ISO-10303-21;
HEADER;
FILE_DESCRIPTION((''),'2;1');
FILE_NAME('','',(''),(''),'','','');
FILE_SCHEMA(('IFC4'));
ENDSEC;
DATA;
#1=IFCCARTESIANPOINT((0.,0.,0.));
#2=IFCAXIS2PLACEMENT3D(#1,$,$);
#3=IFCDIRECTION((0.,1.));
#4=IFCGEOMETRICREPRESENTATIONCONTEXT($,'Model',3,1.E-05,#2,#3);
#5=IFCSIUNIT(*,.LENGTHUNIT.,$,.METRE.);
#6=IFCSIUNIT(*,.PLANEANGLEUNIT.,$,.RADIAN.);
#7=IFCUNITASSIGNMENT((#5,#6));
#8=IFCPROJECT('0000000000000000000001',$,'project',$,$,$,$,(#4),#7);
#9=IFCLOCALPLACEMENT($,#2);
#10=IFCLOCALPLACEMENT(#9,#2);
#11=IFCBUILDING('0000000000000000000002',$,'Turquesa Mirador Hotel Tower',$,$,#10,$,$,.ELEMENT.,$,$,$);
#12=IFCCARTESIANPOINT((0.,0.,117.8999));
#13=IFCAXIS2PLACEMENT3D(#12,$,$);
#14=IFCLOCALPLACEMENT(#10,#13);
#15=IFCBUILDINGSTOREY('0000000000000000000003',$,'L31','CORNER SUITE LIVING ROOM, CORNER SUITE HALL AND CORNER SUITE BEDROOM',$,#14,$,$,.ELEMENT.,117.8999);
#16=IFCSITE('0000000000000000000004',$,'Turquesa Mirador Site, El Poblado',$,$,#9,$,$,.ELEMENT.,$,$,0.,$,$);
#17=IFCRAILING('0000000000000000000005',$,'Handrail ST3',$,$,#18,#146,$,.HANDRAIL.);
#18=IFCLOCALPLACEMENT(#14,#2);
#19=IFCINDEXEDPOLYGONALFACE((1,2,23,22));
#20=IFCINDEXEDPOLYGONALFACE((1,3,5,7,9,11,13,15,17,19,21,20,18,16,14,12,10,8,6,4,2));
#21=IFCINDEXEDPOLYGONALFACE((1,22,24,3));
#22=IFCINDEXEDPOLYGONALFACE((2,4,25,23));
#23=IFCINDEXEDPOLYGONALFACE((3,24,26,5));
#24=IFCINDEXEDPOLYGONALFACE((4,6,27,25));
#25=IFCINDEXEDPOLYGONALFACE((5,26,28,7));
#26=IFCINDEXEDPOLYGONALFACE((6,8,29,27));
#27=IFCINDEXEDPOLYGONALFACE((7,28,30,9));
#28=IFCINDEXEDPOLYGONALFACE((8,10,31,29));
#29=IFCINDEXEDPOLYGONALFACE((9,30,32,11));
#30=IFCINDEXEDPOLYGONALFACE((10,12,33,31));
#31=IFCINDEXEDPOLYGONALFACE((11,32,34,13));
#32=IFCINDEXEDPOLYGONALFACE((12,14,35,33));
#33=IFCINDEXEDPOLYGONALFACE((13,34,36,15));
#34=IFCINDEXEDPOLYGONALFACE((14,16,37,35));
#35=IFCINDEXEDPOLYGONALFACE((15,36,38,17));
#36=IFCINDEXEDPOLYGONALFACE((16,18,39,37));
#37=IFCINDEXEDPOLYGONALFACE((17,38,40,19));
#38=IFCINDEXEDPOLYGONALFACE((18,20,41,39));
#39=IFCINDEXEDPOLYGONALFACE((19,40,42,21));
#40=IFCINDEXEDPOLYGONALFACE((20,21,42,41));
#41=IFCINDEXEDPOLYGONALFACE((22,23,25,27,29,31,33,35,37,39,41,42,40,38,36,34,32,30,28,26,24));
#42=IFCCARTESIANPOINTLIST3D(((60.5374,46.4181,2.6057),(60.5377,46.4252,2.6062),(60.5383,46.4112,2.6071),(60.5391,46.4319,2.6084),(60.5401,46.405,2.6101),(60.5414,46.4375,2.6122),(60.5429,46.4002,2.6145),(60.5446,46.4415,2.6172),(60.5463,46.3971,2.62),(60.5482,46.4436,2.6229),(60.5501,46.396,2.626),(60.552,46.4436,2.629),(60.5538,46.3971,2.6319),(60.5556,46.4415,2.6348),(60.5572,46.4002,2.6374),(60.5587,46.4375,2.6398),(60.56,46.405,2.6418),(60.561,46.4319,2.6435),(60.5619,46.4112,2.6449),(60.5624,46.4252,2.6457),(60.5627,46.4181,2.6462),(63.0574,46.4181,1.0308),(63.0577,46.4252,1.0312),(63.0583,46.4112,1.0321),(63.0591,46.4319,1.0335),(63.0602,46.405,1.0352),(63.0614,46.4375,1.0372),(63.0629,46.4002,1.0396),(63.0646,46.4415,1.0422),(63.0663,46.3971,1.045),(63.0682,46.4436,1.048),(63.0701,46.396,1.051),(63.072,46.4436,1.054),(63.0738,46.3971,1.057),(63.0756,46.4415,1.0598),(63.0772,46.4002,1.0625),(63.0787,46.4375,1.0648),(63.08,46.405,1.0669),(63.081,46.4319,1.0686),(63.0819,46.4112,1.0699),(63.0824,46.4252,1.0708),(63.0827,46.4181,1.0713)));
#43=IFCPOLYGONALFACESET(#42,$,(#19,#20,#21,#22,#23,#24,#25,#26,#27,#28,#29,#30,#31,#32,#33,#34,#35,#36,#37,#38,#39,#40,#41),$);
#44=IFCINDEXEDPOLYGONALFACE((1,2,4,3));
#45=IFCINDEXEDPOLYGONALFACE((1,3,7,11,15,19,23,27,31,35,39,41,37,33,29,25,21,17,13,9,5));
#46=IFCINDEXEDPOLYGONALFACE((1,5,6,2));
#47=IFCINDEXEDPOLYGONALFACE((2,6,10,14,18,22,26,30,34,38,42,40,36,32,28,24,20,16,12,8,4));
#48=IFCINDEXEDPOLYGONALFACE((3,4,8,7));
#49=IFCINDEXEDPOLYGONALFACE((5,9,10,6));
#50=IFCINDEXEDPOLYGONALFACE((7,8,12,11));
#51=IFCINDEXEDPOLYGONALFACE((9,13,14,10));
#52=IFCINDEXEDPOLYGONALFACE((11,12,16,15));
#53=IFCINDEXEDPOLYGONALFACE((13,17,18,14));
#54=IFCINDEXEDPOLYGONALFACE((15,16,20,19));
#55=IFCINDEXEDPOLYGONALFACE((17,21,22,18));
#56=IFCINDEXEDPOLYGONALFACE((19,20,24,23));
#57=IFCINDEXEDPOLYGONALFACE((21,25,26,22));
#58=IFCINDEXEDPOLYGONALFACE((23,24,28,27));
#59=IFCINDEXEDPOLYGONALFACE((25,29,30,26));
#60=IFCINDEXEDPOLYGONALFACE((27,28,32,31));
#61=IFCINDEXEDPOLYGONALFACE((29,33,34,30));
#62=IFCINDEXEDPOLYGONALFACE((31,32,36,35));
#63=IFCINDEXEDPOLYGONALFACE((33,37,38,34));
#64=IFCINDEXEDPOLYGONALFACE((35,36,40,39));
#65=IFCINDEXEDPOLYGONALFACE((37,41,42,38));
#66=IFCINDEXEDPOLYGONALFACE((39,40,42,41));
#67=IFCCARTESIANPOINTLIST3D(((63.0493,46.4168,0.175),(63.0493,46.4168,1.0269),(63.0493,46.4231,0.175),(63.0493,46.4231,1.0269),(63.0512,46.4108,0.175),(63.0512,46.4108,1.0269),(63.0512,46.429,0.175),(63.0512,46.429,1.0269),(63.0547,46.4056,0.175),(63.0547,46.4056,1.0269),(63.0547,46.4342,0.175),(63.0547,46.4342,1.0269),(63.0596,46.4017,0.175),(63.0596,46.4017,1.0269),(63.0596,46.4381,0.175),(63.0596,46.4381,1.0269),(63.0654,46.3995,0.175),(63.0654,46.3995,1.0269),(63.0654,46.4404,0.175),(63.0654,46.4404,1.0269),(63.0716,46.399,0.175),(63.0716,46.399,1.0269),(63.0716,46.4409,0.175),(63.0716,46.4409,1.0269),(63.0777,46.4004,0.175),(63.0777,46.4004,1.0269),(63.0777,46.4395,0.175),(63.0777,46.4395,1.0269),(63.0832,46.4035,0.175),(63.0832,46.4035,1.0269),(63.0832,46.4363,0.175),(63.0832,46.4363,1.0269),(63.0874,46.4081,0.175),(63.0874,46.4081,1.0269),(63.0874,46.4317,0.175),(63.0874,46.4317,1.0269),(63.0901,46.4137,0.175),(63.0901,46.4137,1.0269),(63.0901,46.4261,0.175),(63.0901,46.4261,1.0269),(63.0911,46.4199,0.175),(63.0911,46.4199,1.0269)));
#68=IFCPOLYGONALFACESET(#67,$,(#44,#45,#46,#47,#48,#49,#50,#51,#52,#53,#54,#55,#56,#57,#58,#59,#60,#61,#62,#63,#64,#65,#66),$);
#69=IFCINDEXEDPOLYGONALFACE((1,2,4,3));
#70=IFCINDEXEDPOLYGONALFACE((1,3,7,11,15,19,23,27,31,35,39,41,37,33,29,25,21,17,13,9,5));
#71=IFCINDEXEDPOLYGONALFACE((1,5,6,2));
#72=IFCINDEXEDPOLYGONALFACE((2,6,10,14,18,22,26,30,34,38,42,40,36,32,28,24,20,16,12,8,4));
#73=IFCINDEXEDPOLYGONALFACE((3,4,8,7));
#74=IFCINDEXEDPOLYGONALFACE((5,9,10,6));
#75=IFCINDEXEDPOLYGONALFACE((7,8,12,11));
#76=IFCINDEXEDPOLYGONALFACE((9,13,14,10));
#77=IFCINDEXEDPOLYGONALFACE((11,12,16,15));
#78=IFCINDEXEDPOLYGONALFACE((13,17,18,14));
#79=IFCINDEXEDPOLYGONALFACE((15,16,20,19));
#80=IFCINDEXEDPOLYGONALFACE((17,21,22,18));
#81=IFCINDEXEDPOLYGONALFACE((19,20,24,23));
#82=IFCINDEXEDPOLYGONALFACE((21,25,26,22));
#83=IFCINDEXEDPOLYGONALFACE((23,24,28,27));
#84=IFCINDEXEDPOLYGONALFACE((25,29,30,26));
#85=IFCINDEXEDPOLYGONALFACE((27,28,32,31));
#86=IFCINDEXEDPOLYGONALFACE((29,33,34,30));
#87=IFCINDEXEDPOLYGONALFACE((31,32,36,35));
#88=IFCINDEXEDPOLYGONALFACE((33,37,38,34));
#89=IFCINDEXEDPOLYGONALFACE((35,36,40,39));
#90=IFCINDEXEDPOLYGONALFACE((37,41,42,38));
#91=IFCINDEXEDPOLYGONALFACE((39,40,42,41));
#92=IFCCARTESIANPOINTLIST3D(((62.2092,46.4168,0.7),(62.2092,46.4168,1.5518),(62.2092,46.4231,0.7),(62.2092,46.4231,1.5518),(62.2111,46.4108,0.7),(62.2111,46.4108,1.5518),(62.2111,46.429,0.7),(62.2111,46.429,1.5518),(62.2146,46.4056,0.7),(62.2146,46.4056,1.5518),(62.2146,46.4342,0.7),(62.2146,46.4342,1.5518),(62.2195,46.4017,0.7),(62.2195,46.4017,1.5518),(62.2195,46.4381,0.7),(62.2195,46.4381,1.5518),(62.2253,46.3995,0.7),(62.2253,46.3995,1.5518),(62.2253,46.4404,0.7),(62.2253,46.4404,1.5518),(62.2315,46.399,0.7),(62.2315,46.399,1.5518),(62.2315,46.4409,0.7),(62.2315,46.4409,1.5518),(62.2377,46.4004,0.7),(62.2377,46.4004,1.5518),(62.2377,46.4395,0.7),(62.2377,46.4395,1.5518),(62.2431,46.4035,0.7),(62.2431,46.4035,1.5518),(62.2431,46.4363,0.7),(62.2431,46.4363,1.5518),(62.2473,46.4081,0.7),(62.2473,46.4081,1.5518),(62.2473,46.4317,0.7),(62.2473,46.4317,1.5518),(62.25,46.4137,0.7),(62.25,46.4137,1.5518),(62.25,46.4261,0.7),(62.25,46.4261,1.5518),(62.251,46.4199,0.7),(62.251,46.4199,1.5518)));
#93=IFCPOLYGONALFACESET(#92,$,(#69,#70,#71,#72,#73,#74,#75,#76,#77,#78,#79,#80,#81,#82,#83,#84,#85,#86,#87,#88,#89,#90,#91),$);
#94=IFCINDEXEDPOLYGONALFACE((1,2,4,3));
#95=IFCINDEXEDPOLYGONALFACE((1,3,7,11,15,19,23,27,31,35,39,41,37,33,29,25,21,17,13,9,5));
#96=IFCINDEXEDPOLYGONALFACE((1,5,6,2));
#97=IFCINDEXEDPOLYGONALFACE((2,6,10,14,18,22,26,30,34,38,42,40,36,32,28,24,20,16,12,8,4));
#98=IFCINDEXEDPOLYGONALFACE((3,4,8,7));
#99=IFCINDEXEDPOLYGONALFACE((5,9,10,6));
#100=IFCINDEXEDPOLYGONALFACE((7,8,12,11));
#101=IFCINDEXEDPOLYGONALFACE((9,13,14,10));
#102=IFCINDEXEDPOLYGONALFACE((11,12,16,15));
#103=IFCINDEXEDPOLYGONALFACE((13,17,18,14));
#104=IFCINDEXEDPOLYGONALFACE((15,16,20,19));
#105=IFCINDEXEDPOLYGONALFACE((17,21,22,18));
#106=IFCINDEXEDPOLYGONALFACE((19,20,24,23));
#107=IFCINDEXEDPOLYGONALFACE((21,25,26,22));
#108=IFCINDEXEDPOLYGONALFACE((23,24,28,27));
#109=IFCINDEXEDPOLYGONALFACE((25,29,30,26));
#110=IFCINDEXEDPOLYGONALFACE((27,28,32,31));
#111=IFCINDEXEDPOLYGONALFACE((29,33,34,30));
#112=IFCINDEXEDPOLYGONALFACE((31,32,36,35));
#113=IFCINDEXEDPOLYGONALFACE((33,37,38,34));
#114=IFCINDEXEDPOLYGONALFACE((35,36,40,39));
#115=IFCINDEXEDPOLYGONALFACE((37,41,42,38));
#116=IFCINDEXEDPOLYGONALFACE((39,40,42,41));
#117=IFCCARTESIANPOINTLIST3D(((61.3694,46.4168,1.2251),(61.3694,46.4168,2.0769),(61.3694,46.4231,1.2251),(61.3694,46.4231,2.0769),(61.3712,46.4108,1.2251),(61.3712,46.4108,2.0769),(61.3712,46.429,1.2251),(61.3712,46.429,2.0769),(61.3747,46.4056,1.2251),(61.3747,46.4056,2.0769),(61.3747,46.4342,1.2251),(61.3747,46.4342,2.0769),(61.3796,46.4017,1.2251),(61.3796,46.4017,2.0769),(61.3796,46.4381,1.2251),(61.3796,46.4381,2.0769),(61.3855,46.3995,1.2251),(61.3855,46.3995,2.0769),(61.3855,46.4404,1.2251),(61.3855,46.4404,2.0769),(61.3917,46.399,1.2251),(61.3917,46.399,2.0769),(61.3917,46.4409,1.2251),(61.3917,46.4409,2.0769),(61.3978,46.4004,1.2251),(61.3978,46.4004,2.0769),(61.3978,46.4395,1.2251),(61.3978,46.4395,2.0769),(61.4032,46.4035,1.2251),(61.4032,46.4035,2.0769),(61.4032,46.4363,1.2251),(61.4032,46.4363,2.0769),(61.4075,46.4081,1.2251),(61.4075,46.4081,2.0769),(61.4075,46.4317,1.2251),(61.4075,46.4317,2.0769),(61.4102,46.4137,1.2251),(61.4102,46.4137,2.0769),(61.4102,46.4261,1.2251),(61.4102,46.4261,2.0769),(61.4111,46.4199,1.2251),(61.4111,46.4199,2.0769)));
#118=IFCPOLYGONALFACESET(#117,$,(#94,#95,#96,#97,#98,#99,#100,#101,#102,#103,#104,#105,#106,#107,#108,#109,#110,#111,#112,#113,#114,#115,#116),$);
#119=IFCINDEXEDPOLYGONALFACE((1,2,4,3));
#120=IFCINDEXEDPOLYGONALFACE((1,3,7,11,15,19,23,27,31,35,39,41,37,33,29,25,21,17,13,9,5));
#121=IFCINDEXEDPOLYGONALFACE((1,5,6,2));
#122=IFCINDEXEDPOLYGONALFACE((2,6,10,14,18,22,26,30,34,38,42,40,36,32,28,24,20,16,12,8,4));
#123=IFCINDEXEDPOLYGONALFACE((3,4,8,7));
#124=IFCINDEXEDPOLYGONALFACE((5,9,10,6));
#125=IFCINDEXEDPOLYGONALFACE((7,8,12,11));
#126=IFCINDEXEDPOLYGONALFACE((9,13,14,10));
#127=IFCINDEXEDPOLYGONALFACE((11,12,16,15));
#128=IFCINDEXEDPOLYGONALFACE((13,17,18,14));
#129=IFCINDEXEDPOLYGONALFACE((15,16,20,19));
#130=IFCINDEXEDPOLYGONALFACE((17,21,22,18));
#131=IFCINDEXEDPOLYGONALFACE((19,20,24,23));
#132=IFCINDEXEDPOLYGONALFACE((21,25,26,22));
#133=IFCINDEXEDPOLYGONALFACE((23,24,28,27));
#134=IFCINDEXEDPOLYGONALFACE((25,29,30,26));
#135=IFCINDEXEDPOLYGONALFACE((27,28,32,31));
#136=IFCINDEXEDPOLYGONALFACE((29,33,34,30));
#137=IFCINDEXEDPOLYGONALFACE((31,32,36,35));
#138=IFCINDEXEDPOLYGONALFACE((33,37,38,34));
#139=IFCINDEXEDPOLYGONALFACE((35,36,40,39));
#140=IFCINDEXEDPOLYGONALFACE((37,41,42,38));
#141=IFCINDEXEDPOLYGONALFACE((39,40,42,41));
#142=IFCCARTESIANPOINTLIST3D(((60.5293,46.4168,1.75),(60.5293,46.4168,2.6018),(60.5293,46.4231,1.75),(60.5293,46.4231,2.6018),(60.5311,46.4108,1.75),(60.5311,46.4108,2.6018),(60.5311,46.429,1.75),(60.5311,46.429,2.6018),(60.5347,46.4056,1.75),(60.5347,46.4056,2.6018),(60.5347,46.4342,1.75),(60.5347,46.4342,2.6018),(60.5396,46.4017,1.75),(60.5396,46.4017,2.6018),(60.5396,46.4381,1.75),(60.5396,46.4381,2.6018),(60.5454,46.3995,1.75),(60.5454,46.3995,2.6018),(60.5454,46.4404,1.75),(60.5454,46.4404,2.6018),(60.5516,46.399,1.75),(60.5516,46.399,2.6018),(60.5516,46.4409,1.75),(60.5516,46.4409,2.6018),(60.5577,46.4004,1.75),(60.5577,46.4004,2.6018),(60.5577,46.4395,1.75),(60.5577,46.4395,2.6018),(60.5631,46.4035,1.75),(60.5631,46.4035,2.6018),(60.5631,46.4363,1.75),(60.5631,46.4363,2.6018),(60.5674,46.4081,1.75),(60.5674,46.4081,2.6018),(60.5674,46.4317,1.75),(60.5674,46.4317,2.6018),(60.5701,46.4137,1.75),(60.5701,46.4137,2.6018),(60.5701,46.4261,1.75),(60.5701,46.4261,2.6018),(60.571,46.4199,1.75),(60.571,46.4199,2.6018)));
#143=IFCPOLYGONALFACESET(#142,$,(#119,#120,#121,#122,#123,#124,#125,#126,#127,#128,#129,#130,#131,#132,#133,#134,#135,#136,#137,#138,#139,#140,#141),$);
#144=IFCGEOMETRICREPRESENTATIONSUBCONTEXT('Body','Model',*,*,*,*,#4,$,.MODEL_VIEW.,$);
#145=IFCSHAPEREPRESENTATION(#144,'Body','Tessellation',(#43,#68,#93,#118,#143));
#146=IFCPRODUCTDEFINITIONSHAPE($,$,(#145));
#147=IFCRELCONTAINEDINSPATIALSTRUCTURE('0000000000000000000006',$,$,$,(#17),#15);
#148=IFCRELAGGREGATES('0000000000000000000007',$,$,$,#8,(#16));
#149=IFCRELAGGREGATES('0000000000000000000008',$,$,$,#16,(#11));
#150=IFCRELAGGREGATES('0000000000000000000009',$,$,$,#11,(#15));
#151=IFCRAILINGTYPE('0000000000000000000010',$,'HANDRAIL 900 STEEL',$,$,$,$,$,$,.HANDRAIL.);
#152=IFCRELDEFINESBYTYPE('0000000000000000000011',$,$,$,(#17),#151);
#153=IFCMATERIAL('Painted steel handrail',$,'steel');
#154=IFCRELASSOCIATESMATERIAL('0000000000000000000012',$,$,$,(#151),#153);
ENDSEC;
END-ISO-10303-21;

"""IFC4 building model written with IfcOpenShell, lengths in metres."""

from ifc_helpers import new_model, si_unit, direction, frame, origin, origin_2d, place, context, subcontext, project, spatial, circle, extrude, material, type_object, element, save


model = new_model("IFC4")

# Units and contexts
model_context = context("Model", 3, precision=1e-05, world=origin(), true_north=direction((0.0, 1.0)))
body_context = subcontext(model_context, "Body", "Model", "MODEL_VIEW")
ifc_project = project(units=[si_unit("LENGTHUNIT", "METRE"), si_unit("PLANEANGLEUNIT", "RADIAN")], contexts=[model_context])

# Site, building, storey
site_placement = place(None, origin())
site = spatial("IfcSite", under=ifc_project, at=site_placement, Name="Turquesa Mirador Site, El Poblado", CompositionType="ELEMENT", RefElevation=0.0)
building_placement = place(site_placement, origin())
building = spatial("IfcBuilding", under=site, at=building_placement, Name="Turquesa Mirador Hotel Tower", CompositionType="ELEMENT")
storey_placement = place(building_placement, frame((0.0, 0.0, 117.8999)))
storey = spatial("IfcBuildingStorey", under=building, at=storey_placement, Name="L31", Description="CORNER SUITE LIVING ROOM, CORNER SUITE HALL AND CORNER SUITE BEDROOM", CompositionType="ELEMENT", Elevation=117.8999)

# Railing
ifc_material_1 = material(Name="Painted steel handrail", Category="steel")
railing_type = type_object("IfcRailingType", Name="HANDRAIL 900 STEEL", PredefinedType="HANDRAIL", material=ifc_material_1)
railing_1_placement = place(storey_placement, frame((63.0701, 46.4199, 0.175)))
element("IfcRailing", 1, at=railing_1_placement, inside=storey, type_object=railing_type, Name="Handrail ST3", PredefinedType="HANDRAIL", context=body_context, shape_type="SweptSolid", body=[
    extrude(circle(Radius=0.0239, at=origin_2d()), frame((0.0, 0.0, 0.876), z_axis=(-0.848008, 0.0, 0.529984), x_axis=(0.0, -1.0, 0.0)), (0.0, 0.0, 1.0), 2.9717),
    extrude(circle(Radius=0.021, at=origin_2d()), origin(), (0.0, 0.0, 1.0), 0.8518),
    extrude(circle(Radius=0.021, at=origin_2d()), frame((-0.8401, 0.0, 0.5249)), (0.0, 0.0, 1.0), 0.8518),
    extrude(circle(Radius=0.021, at=origin_2d()), frame((-1.6799, 0.0, 1.05)), (0.0, 0.0, 1.0), 0.8518),
    extrude(circle(Radius=0.021, at=origin_2d()), frame((-2.52, 0.0, 1.575)), (0.0, 0.0, 1.0), 0.8518),
])

save(model, "model.ifc")
